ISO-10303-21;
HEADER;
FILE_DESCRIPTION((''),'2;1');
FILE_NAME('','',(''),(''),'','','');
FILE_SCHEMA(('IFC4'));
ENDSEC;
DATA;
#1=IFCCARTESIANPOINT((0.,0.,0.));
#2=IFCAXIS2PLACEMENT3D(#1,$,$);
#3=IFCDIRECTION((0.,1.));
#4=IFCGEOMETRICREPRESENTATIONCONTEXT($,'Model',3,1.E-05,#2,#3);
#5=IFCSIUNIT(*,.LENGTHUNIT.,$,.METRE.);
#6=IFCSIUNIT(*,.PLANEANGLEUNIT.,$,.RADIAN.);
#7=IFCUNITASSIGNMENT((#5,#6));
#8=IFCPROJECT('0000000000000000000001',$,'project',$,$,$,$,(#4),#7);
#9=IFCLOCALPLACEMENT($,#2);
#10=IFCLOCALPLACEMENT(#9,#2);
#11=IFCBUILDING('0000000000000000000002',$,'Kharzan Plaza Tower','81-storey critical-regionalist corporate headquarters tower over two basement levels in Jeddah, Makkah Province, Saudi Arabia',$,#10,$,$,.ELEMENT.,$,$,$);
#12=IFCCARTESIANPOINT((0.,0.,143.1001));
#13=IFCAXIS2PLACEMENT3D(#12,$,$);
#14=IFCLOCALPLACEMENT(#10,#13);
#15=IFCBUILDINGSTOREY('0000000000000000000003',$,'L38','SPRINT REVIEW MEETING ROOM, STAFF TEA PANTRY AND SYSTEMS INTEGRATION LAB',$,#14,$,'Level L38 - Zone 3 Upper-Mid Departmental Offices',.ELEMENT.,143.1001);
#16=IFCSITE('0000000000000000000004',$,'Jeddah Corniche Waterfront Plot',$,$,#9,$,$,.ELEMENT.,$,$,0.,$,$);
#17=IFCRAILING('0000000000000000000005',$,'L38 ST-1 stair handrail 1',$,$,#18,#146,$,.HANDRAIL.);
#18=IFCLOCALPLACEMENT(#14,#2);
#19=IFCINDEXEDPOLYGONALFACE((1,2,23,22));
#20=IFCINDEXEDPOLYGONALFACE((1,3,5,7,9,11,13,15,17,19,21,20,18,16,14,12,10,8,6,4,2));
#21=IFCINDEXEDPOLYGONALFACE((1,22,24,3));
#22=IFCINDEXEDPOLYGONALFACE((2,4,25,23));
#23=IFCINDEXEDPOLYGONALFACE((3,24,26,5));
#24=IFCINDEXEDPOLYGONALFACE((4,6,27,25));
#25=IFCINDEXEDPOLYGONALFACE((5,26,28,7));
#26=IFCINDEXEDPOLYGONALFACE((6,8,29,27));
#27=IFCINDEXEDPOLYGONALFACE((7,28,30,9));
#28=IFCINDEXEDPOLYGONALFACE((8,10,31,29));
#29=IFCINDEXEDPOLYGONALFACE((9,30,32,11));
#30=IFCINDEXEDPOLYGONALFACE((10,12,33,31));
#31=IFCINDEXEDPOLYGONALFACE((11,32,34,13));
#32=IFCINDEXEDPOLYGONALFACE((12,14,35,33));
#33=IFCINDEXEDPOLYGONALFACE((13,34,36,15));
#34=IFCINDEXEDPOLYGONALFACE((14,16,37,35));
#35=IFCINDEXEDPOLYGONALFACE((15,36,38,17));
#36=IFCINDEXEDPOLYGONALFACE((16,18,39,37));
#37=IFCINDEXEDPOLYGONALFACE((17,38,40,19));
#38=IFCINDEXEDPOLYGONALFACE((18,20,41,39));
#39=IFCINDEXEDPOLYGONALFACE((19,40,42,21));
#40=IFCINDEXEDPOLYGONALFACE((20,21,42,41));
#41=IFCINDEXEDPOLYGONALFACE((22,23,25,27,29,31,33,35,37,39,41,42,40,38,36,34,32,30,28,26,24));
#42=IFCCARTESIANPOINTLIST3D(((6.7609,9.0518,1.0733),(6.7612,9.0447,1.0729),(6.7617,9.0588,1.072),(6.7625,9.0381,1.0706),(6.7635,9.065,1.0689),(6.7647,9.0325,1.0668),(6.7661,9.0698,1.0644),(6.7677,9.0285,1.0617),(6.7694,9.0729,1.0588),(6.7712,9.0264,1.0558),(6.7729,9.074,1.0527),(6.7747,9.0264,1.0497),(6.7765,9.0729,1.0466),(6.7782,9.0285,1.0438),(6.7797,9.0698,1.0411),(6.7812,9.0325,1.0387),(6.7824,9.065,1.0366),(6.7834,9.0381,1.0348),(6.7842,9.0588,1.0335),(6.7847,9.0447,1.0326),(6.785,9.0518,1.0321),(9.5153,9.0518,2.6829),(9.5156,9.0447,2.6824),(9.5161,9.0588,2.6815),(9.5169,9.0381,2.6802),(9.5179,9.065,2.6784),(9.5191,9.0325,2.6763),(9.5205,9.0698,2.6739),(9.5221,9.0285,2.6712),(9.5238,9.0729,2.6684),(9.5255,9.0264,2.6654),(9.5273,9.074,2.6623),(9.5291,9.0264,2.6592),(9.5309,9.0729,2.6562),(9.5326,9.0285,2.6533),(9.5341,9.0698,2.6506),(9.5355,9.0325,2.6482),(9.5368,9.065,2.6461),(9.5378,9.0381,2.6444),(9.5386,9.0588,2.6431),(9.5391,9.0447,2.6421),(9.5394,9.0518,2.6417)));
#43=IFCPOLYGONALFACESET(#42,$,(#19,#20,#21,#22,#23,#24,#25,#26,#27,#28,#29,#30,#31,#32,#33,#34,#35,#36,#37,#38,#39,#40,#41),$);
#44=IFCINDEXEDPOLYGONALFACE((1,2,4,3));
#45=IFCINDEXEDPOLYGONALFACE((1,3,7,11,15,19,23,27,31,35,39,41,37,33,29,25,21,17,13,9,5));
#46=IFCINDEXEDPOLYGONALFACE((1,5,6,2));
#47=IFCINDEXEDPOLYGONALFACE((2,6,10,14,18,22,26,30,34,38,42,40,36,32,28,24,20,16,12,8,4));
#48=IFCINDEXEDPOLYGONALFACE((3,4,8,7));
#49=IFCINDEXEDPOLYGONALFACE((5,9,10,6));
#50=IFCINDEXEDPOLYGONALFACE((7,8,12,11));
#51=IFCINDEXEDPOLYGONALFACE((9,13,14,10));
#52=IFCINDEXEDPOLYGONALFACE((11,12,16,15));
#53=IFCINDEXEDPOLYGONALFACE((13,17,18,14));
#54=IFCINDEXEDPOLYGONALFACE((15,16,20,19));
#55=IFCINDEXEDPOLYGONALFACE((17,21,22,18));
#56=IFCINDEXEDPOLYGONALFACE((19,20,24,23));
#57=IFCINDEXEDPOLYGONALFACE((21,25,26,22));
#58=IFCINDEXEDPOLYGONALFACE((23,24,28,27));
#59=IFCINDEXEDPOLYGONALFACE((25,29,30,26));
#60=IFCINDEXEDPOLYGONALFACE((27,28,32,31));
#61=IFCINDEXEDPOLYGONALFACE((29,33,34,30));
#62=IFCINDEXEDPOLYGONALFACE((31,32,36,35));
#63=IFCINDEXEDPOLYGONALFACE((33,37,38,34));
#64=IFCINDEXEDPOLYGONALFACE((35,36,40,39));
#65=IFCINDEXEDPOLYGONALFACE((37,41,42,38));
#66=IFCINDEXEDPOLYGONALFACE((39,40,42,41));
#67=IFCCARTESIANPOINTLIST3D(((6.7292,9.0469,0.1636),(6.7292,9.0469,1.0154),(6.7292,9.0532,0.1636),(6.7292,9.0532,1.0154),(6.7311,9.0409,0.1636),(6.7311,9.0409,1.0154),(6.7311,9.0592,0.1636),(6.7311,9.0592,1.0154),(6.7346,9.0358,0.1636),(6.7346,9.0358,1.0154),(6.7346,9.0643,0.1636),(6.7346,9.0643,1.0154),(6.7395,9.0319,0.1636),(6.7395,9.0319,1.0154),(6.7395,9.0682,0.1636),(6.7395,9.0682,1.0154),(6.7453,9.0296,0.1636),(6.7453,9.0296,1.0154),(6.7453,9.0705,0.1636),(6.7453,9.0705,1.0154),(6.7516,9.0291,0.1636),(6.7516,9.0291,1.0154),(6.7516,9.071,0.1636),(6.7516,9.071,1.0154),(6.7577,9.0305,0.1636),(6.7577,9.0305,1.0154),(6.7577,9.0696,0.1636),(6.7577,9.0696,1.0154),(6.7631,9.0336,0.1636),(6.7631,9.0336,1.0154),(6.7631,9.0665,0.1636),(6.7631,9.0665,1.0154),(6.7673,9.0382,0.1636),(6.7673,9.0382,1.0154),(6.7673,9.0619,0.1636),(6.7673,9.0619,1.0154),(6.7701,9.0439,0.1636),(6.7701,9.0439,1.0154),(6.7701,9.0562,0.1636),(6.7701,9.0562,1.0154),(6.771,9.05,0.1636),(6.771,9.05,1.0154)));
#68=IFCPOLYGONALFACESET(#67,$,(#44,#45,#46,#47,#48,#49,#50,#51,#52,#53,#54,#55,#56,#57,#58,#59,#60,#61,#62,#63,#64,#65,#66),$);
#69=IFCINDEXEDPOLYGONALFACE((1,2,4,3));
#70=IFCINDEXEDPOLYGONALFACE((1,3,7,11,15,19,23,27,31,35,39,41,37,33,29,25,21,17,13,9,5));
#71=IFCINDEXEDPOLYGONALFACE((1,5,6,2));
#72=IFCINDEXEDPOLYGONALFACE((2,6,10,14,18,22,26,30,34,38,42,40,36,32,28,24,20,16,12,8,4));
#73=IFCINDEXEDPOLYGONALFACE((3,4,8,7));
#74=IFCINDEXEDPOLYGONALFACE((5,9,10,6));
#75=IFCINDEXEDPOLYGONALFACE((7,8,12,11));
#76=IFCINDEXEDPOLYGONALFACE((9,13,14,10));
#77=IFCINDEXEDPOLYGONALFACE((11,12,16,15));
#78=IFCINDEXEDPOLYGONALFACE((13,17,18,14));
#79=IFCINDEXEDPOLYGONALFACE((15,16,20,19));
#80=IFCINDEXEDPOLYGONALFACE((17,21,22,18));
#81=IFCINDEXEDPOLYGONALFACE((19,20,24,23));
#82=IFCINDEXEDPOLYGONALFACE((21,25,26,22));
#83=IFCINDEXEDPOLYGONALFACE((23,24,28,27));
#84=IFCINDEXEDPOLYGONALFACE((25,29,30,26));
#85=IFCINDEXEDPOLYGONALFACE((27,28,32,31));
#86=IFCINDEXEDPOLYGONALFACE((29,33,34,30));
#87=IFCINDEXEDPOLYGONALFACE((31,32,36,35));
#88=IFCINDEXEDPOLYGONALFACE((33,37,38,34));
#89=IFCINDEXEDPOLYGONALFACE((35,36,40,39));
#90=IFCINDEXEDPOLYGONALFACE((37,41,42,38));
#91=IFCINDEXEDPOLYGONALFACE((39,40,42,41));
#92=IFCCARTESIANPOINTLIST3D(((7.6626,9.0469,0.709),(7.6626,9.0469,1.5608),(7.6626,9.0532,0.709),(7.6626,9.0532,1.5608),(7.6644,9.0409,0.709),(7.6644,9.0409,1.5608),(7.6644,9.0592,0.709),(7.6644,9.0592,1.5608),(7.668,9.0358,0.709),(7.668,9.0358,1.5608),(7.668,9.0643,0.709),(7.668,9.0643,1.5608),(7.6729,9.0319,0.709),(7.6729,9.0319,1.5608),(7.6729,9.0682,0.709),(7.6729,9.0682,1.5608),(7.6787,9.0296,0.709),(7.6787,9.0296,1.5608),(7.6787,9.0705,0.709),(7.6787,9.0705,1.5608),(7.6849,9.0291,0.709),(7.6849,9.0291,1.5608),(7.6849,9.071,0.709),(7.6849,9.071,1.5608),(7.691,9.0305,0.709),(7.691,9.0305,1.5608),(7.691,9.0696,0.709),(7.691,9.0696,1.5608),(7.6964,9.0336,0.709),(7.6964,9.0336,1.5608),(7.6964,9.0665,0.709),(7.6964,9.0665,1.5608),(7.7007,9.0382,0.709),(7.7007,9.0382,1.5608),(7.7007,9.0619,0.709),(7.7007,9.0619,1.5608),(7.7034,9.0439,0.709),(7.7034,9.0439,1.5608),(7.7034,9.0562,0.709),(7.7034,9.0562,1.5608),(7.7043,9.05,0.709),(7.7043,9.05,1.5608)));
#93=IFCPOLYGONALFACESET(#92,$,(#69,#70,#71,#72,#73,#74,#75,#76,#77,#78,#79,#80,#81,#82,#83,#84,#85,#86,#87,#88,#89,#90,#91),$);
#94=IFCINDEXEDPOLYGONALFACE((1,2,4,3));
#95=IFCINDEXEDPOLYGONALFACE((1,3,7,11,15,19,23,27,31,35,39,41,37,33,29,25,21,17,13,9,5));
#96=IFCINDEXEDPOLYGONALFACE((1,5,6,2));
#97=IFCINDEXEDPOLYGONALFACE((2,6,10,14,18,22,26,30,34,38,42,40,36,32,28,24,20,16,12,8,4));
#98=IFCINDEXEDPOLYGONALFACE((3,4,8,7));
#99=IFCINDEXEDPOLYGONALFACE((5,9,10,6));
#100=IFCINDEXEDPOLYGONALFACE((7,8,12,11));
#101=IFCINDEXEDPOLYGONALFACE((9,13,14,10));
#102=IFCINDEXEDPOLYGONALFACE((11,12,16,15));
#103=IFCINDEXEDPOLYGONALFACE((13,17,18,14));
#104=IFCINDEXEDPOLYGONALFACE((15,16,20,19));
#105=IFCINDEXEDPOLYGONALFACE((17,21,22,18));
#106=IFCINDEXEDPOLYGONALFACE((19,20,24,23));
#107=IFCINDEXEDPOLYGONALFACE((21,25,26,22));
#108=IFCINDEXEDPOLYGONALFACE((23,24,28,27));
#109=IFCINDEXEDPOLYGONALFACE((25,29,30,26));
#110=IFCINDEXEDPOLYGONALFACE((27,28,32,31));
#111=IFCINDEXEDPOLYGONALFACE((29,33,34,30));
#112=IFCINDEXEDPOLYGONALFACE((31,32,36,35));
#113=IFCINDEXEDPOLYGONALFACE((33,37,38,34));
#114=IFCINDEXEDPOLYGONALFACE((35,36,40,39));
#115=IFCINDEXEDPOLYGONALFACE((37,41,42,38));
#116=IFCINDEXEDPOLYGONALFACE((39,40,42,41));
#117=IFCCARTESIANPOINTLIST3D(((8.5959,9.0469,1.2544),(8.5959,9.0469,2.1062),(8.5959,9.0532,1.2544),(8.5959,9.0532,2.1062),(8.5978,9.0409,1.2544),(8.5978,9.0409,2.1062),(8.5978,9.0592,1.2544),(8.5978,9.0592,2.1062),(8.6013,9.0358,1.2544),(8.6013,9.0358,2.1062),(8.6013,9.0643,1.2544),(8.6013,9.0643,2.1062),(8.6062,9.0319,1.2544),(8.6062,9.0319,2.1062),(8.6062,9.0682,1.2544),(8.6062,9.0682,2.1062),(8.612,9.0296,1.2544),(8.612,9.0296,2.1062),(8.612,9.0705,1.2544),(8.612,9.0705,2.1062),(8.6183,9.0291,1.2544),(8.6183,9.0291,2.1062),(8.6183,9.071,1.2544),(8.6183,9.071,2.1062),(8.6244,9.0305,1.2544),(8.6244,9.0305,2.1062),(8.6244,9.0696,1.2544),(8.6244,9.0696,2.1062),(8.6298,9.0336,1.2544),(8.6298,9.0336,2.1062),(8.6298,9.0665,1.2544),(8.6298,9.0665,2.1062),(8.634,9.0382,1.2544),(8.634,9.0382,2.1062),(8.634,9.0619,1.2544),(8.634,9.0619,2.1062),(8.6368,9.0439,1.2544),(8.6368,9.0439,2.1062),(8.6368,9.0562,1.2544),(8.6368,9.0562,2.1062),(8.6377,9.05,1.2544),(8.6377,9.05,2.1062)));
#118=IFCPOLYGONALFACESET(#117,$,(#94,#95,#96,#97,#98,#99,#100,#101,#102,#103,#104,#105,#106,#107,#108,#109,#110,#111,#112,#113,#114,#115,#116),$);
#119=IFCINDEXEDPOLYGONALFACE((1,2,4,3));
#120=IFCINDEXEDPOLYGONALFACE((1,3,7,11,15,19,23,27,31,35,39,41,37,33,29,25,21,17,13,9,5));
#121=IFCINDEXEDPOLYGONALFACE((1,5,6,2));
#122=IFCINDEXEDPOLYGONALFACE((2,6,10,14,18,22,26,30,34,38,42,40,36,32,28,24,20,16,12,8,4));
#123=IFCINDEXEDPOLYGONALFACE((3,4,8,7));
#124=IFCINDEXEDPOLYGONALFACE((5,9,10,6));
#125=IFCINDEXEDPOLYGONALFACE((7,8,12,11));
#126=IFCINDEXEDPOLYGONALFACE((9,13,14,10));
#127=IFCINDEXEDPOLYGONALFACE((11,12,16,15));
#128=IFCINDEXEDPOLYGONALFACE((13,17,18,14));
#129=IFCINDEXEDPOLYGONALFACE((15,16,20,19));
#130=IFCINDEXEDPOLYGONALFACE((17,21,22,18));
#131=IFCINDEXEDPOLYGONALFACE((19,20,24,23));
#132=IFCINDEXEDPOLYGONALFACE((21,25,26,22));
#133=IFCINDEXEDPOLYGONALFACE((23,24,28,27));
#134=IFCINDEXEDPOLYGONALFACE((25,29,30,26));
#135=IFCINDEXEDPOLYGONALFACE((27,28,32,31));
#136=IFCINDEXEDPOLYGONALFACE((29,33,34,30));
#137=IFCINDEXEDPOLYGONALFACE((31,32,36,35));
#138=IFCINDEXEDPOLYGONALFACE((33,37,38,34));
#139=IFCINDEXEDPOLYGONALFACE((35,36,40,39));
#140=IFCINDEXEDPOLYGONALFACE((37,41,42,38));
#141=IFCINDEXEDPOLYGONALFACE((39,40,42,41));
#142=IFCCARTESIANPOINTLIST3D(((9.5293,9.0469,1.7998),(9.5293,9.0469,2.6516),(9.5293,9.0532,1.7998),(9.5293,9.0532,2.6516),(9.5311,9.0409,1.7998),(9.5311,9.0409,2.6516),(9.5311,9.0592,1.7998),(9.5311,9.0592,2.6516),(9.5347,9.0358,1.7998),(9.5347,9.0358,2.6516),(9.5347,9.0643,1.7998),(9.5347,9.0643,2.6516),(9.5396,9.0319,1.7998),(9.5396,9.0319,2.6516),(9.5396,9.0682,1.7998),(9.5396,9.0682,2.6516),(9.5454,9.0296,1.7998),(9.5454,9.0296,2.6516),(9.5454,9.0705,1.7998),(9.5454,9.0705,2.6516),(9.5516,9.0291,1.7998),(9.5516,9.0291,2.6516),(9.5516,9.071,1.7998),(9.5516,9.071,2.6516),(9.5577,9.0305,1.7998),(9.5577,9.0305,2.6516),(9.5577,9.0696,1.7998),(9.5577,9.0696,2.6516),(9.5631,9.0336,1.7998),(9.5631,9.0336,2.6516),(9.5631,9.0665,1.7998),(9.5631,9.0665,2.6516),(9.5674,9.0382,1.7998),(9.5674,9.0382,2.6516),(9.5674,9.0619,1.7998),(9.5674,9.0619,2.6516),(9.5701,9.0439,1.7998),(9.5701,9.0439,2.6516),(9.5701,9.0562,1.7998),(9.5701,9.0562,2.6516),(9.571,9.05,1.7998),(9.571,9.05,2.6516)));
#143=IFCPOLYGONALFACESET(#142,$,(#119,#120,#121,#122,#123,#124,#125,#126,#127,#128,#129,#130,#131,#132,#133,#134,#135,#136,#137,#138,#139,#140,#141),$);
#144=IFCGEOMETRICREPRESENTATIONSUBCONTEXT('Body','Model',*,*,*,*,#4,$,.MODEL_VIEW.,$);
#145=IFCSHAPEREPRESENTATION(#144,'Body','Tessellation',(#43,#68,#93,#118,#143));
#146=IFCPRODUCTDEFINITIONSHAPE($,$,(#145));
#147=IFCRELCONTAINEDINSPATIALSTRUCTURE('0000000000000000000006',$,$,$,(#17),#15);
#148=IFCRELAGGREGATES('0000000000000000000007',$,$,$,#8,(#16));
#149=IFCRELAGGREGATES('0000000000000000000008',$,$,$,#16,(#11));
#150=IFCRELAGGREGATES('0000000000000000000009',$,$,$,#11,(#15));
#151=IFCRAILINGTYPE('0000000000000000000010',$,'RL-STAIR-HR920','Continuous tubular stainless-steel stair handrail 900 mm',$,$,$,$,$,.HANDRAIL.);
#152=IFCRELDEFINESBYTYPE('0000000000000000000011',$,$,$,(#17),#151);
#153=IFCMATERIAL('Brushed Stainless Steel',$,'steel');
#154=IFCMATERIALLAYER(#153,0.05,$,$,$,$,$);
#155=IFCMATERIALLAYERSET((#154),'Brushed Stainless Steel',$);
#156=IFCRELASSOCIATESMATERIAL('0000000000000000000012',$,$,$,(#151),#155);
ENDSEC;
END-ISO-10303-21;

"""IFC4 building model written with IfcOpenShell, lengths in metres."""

from ifc_helpers import new_model, si_unit, direction, frame, origin, origin_2d, place, context, subcontext, project, spatial, circle, extrude, source, transform, mapped, material, layer, layer_set, type_object, element, save


model = new_model("IFC4")

# Units and contexts
model_context = context("Model", 3, precision=1e-05, world=origin(), true_north=direction((0.0, 1.0)))
body_context = subcontext(model_context, "Body", "Model", "MODEL_VIEW")
ifc_project = project(units=[si_unit("LENGTHUNIT", "METRE"), si_unit("PLANEANGLEUNIT", "RADIAN")], contexts=[model_context])

# Site, building, storey
site_placement = place(None, origin())
site = spatial("IfcSite", under=ifc_project, at=site_placement, Name="Jeddah Corniche Waterfront Plot", CompositionType="ELEMENT", RefElevation=0.0)
building_placement = place(site_placement, origin())
building = spatial("IfcBuilding", under=site, at=building_placement, Name="Kharzan Plaza Tower", Description="81-storey critical-regionalist corporate headquarters tower over two basement levels in Jeddah, Makkah Province, Saudi Arabia", CompositionType="ELEMENT")
storey_placement = place(building_placement, frame((0.0, 0.0, 143.1001)))
storey = spatial("IfcBuildingStorey", under=building, at=storey_placement, Name="L38", Description="SPRINT REVIEW MEETING ROOM, STAFF TEA PANTRY AND SYSTEMS INTEGRATION LAB", LongName="Level L38 - Zone 3 Upper-Mid Departmental Offices", CompositionType="ELEMENT", Elevation=143.1001)

# Railing
ifc_material_1 = material(Name="Brushed Stainless Steel", Category="steel")
ifc_layer_1 = layer(ifc_material_1, 0.05)
ifc_layer_set_1 = layer_set([ifc_layer_1], Name="Brushed Stainless Steel")
railing_type = type_object("IfcRailingType", Name="RL-STAIR-HR920", Description="Continuous tubular stainless-steel stair handrail 900 mm", PredefinedType="HANDRAIL", material=ifc_layer_set_1)
shared_shape_1 = source(origin(), body_context, "Body", "SweptSolid", [
    extrude(circle(Radius=0.0239, at=origin_2d()), frame((0.0229, 0.0, 0.8892), z_axis=(0.863394, 0.0, 0.504531), x_axis=(0.0, 1.0, 0.0)), (0.0, 0.0, 1.0), 3.1902),
    extrude(circle(Radius=0.021, at=origin_2d()), origin(), (0.0, 0.0, 1.0), 0.8518),
    extrude(circle(Radius=0.021, at=origin_2d()), frame((0.9333, 0.0, 0.5454)), (0.0, 0.0, 1.0), 0.8518),
    extrude(circle(Radius=0.021, at=origin_2d()), frame((1.8667, 0.0, 1.0908)), (0.0, 0.0, 1.0), 0.8518),
    extrude(circle(Radius=0.021, at=origin_2d()), frame((2.8, 0.0, 1.6362)), (0.0, 0.0, 1.0), 0.8518),
])
railing_placement = place(storey_placement, frame((6.75, 9.05, 0.1636)))
element("IfcRailing", 1, at=railing_placement, inside=storey, type_object=railing_type, Name="L38 ST-1 stair handrail 1", PredefinedType="HANDRAIL", context=body_context, shape_type="MappedRepresentation", body=[
    mapped(shared_shape_1, transform((0.0, 0.0, 0.0), x_axis=(1.0, 0.0, 0.0), y_axis=(0.0, 1.0, 0.0), z_axis=(0.0, 0.0, 1.0))),
])

save(model, "model.ifc")
